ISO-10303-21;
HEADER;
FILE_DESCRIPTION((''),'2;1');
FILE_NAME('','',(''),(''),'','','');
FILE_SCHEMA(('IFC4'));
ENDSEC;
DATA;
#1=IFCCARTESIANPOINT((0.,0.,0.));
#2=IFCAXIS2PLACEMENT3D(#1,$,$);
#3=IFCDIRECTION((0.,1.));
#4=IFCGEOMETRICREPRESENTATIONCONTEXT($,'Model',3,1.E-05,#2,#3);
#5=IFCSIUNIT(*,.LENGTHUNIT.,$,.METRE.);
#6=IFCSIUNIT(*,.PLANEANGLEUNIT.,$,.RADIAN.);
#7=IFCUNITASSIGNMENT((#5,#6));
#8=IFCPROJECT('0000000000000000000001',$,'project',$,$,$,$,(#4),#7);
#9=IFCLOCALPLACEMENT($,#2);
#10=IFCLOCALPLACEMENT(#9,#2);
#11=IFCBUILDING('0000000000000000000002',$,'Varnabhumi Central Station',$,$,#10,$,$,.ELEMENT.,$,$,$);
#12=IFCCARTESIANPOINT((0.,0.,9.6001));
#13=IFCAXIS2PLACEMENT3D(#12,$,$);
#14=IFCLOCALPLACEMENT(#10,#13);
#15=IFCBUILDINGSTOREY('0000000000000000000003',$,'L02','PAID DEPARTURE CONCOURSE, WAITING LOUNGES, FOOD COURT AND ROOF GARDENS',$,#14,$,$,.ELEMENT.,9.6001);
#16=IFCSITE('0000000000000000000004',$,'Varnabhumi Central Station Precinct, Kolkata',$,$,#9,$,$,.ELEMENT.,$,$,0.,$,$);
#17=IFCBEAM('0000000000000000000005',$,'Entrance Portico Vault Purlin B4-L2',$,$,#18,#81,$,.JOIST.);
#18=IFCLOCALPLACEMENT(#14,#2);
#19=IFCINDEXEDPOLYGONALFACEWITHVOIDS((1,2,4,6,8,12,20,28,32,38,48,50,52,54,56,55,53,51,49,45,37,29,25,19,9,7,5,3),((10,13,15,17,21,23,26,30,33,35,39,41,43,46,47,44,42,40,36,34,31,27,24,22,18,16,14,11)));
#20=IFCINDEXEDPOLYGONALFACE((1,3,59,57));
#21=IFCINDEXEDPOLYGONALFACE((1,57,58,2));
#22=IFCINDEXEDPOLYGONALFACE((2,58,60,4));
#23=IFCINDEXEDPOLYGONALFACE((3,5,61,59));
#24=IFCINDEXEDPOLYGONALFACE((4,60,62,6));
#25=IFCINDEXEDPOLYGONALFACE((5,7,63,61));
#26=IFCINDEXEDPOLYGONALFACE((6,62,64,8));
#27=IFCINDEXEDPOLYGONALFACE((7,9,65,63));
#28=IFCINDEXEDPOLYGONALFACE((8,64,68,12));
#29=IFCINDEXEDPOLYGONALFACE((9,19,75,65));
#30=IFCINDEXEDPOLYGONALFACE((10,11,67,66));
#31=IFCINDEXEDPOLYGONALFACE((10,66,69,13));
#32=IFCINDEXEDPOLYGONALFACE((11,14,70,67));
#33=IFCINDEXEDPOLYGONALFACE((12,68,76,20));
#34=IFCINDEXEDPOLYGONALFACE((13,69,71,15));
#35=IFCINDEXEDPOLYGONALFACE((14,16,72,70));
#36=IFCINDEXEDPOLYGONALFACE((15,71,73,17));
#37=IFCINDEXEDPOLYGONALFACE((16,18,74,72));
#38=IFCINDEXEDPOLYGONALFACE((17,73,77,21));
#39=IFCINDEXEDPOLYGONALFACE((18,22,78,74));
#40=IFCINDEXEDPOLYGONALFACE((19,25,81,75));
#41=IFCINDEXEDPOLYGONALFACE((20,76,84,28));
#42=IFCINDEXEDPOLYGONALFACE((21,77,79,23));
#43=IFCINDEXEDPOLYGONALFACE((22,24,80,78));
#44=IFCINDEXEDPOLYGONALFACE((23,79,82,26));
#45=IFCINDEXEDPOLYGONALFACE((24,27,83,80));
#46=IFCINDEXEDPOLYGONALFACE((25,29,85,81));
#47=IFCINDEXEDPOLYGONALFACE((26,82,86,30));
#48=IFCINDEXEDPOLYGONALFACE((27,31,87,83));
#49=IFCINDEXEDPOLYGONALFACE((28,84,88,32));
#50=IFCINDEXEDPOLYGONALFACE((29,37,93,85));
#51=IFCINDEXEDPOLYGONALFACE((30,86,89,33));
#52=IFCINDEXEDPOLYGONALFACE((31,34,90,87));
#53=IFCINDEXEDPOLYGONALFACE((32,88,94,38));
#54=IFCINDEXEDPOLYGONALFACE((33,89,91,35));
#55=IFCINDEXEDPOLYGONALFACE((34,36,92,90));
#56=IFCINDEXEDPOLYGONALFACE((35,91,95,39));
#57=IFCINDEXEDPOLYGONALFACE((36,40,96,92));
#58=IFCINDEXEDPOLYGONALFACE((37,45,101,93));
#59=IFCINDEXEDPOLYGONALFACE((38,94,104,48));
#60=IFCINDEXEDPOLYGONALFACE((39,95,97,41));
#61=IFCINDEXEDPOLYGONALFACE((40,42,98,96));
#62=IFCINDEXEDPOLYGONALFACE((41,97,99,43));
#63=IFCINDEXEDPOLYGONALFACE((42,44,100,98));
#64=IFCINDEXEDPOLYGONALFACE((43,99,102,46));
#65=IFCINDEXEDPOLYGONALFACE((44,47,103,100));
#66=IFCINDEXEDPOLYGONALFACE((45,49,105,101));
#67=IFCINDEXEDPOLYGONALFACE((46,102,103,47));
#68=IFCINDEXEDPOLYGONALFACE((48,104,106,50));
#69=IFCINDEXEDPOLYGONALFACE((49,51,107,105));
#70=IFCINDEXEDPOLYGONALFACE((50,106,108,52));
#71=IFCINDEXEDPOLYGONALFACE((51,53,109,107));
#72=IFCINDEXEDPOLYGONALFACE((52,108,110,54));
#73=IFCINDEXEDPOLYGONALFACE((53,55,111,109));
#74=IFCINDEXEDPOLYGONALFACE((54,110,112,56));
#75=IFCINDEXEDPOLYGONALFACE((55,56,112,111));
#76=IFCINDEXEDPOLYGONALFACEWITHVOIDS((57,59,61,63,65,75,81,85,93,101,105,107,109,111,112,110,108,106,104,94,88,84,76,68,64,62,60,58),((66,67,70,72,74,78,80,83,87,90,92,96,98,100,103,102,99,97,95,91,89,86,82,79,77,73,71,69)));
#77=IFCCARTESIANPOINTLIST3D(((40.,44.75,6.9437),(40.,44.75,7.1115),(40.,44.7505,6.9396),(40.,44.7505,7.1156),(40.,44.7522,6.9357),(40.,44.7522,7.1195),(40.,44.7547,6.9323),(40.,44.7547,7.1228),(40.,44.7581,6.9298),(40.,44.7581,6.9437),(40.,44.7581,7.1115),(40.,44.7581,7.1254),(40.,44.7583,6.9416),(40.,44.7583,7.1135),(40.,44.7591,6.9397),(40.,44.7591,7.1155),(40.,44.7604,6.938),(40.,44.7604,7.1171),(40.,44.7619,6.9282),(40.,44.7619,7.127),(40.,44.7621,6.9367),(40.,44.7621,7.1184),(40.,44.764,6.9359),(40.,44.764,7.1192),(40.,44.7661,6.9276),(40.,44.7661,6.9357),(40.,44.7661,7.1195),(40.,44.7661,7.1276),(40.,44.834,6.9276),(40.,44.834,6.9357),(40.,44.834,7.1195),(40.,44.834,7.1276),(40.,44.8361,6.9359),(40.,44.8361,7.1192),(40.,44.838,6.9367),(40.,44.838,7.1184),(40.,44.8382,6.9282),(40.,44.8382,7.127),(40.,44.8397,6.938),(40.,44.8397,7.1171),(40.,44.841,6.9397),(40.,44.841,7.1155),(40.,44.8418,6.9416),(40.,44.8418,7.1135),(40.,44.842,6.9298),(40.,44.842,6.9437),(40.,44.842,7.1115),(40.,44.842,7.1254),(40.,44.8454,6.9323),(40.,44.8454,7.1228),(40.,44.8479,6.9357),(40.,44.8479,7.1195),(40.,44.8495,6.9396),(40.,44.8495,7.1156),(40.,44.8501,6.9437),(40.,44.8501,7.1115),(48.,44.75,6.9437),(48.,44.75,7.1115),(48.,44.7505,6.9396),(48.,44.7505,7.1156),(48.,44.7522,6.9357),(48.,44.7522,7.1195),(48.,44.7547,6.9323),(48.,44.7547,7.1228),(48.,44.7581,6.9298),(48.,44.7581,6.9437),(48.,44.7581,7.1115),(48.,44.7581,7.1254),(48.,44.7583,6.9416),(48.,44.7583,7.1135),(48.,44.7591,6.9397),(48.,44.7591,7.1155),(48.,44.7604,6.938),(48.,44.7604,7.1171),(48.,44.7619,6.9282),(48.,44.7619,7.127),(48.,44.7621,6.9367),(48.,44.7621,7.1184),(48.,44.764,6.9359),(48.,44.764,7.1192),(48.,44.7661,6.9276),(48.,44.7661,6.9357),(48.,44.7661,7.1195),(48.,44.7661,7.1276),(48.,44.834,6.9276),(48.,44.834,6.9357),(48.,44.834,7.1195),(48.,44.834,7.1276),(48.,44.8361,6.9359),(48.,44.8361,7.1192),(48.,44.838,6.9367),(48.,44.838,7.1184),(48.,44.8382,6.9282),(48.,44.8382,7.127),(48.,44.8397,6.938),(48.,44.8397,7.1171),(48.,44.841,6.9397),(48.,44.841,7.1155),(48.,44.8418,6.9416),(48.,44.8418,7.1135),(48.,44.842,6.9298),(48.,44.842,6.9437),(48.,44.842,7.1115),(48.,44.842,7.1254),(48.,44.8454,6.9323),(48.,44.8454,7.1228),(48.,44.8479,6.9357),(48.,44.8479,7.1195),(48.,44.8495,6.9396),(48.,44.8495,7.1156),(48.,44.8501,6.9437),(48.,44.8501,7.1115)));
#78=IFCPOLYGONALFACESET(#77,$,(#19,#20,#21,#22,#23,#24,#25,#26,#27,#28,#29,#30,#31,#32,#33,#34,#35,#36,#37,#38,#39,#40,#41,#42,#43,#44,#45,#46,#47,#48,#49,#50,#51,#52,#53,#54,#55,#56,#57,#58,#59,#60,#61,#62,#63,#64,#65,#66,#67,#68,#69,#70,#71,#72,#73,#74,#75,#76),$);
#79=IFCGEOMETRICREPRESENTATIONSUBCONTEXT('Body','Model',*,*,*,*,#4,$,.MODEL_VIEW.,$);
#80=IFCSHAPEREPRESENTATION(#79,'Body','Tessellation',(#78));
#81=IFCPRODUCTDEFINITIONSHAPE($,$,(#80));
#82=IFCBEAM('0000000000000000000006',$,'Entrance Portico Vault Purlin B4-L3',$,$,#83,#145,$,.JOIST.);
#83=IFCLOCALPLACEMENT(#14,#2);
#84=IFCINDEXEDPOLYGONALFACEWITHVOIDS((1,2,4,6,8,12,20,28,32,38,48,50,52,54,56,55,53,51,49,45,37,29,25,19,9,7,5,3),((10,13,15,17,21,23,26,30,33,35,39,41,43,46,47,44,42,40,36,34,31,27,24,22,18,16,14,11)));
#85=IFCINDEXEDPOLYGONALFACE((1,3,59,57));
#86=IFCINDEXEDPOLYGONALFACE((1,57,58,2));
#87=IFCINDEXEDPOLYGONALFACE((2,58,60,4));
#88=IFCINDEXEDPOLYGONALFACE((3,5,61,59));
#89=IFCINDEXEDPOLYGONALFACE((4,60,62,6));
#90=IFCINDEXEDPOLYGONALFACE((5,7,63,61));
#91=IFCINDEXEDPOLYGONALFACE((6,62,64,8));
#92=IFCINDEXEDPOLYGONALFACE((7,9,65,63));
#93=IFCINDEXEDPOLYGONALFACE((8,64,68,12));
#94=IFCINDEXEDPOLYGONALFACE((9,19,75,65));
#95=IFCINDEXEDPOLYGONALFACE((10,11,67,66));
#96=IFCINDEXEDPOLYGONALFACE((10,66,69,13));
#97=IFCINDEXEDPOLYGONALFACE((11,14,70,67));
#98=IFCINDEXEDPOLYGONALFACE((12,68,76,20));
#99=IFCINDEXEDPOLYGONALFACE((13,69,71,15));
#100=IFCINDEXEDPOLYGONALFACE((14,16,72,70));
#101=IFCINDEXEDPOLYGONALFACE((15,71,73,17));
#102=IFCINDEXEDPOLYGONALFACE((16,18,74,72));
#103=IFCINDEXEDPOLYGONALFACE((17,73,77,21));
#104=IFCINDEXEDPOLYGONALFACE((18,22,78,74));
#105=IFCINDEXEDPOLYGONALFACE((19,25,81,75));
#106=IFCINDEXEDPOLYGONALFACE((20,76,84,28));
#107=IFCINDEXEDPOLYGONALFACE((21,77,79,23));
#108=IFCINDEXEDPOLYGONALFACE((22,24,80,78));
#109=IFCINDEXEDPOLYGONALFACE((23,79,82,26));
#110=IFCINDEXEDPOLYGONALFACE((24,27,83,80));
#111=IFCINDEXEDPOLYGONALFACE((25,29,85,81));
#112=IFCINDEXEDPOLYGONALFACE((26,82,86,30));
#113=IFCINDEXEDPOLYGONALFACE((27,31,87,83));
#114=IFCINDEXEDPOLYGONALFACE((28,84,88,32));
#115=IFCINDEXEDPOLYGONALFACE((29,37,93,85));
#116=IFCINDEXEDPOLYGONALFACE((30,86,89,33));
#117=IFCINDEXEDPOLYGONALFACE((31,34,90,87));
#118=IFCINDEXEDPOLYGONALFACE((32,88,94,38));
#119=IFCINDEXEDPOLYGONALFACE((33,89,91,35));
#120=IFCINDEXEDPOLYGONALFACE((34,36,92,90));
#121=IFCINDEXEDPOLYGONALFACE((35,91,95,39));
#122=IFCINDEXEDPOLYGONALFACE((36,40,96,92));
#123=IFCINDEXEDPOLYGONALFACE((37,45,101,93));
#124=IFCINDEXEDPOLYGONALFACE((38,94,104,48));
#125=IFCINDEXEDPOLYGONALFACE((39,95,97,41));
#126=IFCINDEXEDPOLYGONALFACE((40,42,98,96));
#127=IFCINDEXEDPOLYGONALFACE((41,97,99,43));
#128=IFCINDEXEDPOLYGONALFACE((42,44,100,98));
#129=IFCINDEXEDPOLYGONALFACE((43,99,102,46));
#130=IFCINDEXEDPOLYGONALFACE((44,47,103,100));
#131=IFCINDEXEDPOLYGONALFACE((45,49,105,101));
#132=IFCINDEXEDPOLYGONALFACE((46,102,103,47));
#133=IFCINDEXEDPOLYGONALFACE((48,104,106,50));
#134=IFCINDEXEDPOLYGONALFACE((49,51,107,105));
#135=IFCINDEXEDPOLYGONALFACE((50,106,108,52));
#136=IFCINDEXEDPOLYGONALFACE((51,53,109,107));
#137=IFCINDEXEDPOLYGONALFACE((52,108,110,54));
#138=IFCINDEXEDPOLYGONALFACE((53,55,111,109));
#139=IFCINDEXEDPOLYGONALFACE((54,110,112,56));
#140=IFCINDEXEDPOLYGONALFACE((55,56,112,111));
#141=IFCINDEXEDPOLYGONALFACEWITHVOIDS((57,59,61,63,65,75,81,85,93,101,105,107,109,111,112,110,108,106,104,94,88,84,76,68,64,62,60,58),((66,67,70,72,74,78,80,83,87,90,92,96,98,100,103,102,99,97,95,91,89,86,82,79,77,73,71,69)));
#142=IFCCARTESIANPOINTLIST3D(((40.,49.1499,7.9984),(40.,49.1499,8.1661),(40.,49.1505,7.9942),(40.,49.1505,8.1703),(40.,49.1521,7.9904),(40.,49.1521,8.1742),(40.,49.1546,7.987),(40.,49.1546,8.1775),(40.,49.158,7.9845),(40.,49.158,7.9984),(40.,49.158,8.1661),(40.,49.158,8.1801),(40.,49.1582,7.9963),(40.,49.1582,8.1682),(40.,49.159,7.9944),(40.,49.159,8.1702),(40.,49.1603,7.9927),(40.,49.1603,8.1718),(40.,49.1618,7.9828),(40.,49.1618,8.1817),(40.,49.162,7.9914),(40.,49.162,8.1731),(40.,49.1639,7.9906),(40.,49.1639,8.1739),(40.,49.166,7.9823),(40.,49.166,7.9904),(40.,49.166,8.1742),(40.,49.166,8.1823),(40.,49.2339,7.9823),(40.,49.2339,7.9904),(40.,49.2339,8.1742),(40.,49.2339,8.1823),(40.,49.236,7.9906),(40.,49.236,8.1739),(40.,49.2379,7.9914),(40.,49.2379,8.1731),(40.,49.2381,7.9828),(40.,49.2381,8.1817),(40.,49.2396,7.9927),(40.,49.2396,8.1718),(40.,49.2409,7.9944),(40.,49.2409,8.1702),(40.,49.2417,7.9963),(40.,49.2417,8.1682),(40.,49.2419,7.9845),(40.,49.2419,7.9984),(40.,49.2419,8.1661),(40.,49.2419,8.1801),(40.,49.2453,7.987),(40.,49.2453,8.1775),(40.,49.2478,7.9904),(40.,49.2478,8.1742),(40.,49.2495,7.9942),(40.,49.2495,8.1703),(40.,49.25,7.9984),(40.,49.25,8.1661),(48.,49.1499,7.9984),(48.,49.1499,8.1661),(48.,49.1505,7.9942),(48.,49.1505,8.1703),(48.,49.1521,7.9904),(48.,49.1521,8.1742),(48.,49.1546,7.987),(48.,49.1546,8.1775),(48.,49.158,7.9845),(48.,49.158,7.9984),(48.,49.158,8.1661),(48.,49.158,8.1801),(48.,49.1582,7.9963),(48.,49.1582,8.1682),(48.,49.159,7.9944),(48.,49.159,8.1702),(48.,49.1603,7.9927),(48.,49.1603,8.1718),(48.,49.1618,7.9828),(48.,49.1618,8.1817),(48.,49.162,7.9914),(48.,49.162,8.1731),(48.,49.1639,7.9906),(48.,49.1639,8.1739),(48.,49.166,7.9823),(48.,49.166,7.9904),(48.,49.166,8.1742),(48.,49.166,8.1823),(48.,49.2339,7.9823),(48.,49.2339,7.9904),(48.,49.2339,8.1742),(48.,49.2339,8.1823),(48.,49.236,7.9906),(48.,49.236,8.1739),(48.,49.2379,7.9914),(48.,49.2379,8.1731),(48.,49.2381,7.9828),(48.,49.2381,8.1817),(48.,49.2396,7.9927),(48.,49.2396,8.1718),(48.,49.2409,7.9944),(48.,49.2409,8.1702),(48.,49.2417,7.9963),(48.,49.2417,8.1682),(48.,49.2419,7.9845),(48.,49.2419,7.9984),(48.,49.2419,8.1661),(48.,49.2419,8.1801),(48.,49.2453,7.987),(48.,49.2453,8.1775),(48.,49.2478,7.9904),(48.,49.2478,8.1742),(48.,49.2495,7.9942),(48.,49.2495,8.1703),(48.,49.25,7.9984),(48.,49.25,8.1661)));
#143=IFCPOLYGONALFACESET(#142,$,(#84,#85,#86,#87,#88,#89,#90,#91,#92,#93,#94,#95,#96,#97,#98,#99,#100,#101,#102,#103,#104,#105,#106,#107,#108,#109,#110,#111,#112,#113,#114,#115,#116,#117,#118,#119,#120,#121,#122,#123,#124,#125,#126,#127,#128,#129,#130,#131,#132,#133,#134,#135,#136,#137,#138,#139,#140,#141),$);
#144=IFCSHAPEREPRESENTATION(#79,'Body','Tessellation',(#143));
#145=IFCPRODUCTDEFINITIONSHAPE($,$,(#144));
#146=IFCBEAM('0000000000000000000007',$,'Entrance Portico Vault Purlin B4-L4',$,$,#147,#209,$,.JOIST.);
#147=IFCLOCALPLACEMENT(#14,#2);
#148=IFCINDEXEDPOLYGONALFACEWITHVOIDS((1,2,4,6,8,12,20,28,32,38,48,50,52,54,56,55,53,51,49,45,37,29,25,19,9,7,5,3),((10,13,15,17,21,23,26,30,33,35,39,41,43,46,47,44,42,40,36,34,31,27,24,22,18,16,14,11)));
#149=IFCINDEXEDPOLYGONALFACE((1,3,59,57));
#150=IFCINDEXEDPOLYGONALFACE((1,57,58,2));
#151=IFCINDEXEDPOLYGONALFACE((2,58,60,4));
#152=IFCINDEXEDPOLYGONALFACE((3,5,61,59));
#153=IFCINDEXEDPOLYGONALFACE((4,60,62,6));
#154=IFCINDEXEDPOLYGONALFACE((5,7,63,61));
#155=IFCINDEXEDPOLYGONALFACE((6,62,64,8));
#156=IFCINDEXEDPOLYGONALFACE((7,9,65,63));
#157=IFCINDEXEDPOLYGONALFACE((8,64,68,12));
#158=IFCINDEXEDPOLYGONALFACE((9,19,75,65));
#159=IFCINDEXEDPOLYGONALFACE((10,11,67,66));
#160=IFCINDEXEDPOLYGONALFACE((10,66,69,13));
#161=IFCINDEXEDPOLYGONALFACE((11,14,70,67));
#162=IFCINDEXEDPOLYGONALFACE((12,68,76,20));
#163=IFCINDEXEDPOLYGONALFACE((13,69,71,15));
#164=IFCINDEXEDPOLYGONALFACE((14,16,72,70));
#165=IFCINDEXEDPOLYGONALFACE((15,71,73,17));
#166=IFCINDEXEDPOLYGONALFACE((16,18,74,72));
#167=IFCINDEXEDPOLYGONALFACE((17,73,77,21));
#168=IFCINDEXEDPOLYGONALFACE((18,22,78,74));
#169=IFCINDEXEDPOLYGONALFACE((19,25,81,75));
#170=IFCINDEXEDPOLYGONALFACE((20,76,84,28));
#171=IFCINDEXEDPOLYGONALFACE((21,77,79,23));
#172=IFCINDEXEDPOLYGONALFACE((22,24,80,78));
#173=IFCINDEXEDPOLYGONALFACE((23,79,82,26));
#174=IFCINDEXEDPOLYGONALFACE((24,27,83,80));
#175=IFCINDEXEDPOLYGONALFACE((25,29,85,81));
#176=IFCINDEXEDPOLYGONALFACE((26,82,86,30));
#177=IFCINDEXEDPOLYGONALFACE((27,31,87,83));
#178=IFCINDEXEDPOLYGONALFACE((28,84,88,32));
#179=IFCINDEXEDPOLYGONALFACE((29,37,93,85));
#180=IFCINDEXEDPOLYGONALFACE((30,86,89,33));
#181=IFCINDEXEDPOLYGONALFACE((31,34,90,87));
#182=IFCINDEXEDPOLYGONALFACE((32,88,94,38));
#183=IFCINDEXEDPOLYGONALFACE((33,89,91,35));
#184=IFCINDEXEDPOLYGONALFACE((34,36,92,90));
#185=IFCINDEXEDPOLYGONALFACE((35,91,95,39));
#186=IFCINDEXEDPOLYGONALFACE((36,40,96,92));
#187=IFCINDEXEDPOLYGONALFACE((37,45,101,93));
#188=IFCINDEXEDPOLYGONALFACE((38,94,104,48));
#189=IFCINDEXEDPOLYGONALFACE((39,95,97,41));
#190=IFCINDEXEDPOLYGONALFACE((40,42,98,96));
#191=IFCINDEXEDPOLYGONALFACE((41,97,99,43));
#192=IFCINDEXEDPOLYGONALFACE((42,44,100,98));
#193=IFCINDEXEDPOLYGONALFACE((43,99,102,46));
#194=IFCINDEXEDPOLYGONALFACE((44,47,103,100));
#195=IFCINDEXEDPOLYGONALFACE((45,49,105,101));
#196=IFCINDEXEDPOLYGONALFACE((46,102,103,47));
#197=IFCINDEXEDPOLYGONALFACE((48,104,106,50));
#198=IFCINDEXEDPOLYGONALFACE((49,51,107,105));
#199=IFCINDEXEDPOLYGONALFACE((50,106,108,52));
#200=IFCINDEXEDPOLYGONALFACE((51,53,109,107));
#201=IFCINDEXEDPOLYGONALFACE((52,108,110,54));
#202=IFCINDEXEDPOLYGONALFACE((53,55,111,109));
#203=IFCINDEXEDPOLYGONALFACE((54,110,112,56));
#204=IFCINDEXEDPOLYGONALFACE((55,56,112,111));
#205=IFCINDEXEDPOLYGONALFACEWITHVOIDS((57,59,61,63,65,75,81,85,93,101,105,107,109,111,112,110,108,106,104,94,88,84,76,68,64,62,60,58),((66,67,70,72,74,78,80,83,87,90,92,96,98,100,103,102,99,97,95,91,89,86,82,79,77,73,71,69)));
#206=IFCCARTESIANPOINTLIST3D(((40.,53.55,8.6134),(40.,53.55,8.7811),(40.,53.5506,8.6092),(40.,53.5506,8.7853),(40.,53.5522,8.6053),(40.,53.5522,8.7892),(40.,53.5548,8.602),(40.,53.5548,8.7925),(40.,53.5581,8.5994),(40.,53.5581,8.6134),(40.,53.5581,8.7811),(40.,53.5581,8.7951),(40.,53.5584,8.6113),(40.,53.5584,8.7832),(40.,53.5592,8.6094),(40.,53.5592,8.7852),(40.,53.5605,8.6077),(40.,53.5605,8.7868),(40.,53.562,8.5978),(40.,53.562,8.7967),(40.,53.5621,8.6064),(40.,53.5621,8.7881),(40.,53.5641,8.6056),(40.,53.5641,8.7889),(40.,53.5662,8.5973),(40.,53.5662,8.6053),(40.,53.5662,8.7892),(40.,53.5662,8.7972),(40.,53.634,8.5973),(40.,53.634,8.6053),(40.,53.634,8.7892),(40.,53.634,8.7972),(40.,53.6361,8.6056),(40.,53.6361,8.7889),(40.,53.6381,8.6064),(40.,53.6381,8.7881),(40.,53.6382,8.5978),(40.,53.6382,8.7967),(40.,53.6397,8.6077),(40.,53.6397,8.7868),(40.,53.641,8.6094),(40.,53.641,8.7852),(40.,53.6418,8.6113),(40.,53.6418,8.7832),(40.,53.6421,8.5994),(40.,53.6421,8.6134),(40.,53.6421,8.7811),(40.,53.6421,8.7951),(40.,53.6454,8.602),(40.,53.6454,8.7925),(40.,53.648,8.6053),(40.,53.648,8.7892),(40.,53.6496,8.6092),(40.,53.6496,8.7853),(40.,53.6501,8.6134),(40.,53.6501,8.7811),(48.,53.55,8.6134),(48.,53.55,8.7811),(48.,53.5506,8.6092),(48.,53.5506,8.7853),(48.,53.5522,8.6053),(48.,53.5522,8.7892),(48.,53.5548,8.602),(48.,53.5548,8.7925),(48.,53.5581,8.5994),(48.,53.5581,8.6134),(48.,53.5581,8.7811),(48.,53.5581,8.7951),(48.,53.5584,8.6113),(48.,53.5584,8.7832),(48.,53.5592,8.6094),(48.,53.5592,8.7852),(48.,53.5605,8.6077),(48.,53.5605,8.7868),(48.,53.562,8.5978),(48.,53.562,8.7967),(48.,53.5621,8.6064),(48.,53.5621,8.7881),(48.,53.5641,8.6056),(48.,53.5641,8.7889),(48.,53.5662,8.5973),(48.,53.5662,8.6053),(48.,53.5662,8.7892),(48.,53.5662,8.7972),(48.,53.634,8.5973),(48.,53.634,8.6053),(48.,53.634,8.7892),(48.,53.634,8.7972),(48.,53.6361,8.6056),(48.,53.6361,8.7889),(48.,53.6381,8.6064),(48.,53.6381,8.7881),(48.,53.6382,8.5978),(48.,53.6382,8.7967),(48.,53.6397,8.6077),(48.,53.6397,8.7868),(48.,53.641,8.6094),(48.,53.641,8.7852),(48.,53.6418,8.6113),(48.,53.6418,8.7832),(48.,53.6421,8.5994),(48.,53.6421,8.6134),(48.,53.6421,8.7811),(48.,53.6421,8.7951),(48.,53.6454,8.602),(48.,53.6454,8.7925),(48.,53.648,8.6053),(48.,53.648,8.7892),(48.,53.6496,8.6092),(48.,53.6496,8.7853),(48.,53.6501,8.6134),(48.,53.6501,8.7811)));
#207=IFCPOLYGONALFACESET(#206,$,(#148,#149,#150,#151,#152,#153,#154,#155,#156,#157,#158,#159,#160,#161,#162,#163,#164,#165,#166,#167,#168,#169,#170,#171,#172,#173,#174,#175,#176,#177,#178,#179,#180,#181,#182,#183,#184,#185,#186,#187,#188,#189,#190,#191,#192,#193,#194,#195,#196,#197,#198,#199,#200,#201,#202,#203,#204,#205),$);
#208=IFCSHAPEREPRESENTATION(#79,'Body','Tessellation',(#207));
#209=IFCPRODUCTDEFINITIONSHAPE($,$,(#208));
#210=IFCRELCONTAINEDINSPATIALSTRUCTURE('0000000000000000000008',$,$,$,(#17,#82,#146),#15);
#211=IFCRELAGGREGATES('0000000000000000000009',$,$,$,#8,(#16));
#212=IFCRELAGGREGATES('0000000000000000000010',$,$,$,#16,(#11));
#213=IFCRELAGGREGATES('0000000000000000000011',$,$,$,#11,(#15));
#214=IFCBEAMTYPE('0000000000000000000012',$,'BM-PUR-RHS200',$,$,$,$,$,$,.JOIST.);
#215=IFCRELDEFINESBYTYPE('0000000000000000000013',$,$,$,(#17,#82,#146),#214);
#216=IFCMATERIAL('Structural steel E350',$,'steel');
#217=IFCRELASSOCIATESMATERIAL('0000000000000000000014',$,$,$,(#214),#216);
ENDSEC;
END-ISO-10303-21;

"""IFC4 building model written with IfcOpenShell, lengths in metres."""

from ifc_helpers import new_model, si_unit, direction, frame, origin, origin_2d, place, context, subcontext, project, spatial, hollow_rectangle, extrude, material, material_profile, profile_set, type_object, element, save


model = new_model("IFC4")

# Units and contexts
model_context = context("Model", 3, precision=1e-05, world=origin(), true_north=direction((0.0, 1.0)))
body_context = subcontext(model_context, "Body", "Model", "MODEL_VIEW")
ifc_project = project(units=[si_unit("LENGTHUNIT", "METRE"), si_unit("PLANEANGLEUNIT", "RADIAN")], contexts=[model_context])

# Site, building, storey
site_placement = place(None, origin())
site = spatial("IfcSite", under=ifc_project, at=site_placement, Name="Varnabhumi Central Station Precinct, Kolkata", CompositionType="ELEMENT", RefElevation=0.0)
building_placement = place(site_placement, origin())
building = spatial("IfcBuilding", under=site, at=building_placement, Name="Varnabhumi Central Station", CompositionType="ELEMENT")
storey_placement = place(building_placement, frame((0.0, 0.0, 9.6001)))
storey = spatial("IfcBuildingStorey", under=building, at=storey_placement, Name="L02", Description="PAID DEPARTURE CONCOURSE, WAITING LOUNGES, FOOD COURT AND ROOF GARDENS", CompositionType="ELEMENT", Elevation=9.6001)

# Beams
ifc_material_1 = material(Name="Structural steel E350", Category="steel")
ifc_material_profile_1 = material_profile(ifc_material_1, hollow_rectangle(XDim=0.1001, YDim=0.2, WallThickness=0.0081, InnerFilletRadius=0.0081, OuterFilletRadius=0.0161, at=origin_2d()), Name="Structural steel E350", Category="steel")
ifc_profile_set_1 = profile_set([ifc_material_profile_1], Name="Structural steel E350")
beam_type_1 = type_object("IfcBeamType", Name="BM-PUR-RHS200", PredefinedType="JOIST", material=ifc_profile_set_1)
for number, where, z_axis, x_axis, name in (
    (1, (40.0, 44.8, 7.0276), (1.0, 0.0, 0.0), (0.0, 1.0, 0.0), "Entrance Portico Vault Purlin B4-L2"),
    (2, (40.0, 49.2, 8.0823), (1.0, 0.0, 0.0), (0.0, 1.0, 0.0), "Entrance Portico Vault Purlin B4-L3"),
    (3, (40.0, 53.6001, 8.6973), (1.0, 0.0, 0.0), (0.0, 1.0, 0.0), "Entrance Portico Vault Purlin B4-L4"),
):
    element("IfcBeam", number, at=place(storey_placement, frame(where, z_axis=z_axis, x_axis=x_axis)), inside=storey, type_object=beam_type_1, Name=name, PredefinedType="JOIST", context=body_context, shape_type="SweptSolid", body=[
        extrude(hollow_rectangle(XDim=0.1001, YDim=0.2, WallThickness=0.0081, InnerFilletRadius=0.0081, OuterFilletRadius=0.0161, at=origin_2d()), origin(), (0.0, 0.0, 1.0), 8.0),
    ])

save(model, "model.ifc")
